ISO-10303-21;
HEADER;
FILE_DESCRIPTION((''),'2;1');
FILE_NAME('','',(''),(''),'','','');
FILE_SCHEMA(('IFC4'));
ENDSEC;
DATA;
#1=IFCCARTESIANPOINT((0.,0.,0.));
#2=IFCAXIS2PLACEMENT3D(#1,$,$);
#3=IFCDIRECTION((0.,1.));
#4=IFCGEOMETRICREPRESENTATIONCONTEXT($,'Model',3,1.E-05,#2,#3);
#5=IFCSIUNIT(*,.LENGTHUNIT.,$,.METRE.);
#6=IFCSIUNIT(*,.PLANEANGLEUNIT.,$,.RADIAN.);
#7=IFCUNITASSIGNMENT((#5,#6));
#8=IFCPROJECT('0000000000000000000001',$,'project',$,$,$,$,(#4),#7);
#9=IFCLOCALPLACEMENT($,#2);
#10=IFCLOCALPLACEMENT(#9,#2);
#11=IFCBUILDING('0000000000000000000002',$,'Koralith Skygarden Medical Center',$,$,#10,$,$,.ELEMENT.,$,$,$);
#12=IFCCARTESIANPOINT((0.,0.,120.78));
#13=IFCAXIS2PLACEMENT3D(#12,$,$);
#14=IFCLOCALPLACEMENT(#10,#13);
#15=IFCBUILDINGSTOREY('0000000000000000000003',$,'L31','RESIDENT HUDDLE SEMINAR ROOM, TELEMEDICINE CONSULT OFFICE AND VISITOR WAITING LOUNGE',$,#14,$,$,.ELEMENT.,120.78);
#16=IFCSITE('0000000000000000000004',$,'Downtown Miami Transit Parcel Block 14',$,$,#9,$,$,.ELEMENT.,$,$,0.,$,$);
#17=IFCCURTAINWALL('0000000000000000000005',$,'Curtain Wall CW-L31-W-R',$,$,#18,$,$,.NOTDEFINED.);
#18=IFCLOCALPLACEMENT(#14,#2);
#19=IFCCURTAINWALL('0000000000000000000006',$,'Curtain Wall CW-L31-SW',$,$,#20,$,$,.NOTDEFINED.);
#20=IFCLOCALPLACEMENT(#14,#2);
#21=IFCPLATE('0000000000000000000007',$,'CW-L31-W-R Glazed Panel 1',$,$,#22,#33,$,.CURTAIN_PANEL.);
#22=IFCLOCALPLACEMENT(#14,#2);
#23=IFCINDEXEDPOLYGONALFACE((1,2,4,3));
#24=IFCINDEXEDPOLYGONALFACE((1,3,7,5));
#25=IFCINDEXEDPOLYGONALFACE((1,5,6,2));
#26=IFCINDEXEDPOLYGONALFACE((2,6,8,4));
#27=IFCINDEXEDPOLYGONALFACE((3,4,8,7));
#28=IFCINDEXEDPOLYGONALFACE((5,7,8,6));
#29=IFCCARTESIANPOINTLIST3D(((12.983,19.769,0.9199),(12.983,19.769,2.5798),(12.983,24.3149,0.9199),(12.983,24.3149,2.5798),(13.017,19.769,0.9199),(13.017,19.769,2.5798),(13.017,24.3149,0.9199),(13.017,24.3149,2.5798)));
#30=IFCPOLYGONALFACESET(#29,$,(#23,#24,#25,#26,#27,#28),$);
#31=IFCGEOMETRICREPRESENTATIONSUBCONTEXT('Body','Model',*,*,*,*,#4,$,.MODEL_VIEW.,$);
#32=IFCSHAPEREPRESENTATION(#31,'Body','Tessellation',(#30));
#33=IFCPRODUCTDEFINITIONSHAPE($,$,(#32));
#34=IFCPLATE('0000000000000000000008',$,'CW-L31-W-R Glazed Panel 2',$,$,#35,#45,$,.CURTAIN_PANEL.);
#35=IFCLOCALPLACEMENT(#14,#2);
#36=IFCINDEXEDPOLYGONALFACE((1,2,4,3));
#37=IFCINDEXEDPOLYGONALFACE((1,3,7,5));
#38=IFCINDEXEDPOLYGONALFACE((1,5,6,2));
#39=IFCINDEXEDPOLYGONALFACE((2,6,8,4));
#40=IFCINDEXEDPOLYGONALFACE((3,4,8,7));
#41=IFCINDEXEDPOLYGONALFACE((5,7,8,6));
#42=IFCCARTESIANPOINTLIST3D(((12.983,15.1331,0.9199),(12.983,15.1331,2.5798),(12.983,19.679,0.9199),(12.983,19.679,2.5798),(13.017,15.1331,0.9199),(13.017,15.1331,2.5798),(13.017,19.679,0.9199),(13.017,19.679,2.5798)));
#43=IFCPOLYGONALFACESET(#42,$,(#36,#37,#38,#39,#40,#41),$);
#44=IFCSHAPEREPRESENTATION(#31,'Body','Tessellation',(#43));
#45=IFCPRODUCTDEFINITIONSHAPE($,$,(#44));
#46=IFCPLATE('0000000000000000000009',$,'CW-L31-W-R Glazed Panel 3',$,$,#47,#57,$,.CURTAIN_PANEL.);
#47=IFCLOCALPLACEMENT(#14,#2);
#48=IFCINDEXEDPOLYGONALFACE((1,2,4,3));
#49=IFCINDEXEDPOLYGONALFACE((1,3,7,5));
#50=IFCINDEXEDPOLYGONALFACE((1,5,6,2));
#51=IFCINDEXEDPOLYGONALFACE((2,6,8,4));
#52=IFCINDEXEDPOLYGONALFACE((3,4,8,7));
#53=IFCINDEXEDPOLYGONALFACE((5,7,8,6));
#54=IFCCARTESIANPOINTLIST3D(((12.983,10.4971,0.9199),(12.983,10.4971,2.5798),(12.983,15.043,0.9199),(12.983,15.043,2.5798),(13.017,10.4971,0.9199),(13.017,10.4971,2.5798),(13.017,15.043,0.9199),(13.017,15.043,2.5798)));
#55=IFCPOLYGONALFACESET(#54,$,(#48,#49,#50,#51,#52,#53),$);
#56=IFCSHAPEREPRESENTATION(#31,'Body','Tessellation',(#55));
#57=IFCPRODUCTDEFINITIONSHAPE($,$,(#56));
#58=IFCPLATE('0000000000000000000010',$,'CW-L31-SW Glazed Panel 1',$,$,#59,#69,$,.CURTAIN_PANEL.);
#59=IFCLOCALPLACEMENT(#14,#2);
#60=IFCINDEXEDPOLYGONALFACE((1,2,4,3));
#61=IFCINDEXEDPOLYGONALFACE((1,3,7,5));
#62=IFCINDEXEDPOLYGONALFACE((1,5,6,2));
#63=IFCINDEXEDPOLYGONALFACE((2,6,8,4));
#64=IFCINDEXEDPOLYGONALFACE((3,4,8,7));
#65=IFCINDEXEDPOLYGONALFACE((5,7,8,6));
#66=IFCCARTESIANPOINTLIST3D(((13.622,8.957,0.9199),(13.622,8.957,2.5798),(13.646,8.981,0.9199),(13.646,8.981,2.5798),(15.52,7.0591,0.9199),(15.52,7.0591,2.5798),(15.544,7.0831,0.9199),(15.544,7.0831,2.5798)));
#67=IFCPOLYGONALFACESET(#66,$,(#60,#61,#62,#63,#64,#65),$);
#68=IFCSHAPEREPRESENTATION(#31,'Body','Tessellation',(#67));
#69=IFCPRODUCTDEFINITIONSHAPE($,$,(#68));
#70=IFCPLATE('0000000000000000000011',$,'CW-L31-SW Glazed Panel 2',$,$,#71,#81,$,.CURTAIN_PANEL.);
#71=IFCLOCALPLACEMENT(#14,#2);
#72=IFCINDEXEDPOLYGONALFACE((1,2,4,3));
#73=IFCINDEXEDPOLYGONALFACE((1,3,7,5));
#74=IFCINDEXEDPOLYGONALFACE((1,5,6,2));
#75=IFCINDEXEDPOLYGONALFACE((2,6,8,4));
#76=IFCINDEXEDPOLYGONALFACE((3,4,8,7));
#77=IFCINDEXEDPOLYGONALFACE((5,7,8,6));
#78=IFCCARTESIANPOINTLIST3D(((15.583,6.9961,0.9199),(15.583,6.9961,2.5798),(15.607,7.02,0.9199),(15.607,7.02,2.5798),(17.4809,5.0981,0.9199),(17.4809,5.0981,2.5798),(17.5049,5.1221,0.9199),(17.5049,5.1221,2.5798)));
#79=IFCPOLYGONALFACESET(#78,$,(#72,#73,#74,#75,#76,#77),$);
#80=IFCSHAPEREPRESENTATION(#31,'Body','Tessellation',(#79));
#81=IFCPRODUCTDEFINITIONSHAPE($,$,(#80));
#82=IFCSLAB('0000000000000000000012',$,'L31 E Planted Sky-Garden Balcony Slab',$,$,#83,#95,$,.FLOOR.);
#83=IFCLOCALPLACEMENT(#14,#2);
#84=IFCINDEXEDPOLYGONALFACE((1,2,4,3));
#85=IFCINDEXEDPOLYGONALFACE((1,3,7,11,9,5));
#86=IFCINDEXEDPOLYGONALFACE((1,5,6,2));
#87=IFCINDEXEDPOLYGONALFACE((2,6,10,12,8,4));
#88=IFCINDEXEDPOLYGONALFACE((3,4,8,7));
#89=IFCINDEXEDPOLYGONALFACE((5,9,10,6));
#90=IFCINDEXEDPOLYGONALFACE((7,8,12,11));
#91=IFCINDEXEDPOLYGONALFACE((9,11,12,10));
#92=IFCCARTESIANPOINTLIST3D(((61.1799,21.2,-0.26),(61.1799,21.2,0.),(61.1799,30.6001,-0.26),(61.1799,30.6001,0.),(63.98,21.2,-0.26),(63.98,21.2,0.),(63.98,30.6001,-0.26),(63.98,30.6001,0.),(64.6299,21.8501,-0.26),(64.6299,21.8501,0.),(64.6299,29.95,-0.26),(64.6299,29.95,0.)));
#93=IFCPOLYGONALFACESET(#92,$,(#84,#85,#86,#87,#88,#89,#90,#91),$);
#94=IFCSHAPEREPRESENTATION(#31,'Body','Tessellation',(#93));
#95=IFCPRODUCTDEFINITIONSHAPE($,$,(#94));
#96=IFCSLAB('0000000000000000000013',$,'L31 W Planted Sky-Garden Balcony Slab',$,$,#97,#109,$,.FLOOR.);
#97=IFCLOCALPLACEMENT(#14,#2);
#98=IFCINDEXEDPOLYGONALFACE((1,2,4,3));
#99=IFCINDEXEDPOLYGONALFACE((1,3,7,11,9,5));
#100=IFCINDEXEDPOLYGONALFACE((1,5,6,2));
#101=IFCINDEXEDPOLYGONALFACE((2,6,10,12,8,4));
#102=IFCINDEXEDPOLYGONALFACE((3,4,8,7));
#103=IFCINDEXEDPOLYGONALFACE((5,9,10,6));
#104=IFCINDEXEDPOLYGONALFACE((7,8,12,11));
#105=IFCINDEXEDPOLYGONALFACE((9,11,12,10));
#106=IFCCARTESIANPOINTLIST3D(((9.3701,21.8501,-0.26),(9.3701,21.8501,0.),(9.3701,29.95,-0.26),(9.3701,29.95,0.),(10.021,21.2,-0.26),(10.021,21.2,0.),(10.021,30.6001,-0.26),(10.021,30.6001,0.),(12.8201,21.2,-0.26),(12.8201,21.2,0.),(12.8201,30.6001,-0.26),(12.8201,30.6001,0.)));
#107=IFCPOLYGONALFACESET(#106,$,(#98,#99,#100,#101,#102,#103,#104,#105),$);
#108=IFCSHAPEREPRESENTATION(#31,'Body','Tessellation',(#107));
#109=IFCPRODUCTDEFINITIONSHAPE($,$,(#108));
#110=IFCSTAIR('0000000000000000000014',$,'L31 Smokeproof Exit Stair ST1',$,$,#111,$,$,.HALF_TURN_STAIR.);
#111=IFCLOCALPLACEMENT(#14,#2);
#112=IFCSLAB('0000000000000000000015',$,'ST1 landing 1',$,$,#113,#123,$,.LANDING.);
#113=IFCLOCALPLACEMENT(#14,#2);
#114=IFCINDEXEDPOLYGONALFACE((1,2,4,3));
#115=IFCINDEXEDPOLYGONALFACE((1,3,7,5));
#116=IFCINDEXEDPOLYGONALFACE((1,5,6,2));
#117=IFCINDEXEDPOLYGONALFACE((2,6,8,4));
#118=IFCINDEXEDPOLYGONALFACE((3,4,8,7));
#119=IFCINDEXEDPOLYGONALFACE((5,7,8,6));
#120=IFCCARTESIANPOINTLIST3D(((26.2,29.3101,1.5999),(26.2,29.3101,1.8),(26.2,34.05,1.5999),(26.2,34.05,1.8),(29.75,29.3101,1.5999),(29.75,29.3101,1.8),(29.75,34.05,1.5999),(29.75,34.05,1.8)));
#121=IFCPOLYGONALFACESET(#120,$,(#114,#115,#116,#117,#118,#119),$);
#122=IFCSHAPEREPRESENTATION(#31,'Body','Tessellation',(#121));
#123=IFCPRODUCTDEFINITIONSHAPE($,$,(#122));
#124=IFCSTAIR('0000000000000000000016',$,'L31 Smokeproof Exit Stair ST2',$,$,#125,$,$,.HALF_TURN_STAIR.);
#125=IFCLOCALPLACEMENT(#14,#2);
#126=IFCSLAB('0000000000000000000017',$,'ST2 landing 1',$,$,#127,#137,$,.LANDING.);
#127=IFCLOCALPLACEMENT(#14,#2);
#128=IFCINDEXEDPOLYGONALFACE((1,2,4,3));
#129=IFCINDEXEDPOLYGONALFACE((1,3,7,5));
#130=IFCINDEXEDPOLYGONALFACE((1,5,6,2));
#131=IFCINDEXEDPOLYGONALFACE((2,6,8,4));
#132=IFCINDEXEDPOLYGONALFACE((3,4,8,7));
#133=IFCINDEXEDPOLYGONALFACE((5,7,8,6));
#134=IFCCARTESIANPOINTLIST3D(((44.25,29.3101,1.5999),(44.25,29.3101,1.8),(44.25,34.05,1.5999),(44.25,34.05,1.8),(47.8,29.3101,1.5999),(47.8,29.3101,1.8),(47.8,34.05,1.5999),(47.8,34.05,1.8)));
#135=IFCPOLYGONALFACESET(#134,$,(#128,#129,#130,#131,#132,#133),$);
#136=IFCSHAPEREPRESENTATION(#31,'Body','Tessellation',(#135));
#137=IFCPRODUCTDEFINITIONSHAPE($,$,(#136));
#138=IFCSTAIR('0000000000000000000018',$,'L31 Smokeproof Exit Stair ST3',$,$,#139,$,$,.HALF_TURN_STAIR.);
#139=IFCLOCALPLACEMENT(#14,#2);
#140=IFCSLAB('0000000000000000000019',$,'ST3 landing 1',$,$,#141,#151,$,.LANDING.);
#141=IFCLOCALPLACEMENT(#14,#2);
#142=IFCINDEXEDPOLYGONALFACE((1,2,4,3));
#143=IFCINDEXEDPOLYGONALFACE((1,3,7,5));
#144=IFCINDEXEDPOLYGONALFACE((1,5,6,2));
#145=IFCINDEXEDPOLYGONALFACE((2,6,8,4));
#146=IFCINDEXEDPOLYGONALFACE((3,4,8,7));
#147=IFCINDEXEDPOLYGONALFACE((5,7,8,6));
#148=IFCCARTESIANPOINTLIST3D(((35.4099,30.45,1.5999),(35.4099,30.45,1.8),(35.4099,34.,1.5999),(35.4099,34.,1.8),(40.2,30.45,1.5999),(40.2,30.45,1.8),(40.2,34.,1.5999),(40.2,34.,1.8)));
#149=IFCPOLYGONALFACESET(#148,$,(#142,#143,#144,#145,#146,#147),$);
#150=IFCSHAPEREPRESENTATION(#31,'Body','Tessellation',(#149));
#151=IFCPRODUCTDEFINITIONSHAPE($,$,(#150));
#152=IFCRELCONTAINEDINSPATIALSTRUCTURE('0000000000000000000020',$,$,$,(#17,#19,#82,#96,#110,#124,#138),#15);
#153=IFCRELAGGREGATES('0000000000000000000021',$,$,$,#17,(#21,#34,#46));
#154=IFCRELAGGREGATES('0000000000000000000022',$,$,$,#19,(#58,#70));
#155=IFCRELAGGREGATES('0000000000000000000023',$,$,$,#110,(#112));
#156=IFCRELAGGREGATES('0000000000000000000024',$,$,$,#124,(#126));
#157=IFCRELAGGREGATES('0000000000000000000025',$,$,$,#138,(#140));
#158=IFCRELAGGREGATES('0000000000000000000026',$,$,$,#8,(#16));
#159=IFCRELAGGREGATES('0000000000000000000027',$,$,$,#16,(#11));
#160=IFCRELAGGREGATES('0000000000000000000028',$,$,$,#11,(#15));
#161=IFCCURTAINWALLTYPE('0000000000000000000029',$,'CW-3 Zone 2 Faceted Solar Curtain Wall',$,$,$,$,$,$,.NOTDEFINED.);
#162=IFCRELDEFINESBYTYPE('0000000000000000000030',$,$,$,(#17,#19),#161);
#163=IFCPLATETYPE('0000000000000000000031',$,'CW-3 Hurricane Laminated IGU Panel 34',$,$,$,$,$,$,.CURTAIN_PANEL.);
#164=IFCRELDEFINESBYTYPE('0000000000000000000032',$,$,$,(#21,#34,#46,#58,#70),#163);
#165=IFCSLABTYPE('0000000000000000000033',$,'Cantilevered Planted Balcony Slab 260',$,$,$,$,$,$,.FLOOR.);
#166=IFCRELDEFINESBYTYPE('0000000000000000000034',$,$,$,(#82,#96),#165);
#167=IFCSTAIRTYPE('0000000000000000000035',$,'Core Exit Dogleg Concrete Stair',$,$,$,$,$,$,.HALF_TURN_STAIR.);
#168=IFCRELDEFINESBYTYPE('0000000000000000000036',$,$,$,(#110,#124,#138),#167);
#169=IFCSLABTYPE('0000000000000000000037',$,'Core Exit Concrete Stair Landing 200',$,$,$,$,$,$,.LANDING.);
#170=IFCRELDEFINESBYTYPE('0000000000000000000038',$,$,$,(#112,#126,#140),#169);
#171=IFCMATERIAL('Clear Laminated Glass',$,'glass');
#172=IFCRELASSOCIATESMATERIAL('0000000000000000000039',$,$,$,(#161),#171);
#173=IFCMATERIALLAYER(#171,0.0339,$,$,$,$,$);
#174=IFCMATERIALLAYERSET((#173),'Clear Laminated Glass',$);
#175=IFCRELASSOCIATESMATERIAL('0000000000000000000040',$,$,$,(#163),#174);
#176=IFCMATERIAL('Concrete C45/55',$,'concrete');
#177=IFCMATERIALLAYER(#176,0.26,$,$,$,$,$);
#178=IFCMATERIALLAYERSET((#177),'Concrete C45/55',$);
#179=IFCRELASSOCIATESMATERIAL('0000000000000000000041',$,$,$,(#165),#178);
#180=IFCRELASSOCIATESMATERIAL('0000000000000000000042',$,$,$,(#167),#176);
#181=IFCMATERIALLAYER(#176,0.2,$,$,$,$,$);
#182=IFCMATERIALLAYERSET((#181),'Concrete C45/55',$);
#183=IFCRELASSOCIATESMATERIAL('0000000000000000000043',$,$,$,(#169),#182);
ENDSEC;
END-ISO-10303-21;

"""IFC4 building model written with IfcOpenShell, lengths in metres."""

from ifc_helpers import new_model, si_unit, direction, frame, origin, origin_2d, place, context, subcontext, project, spatial, polyline, rectangle, outline, extrude, material, layer, layer_set, type_object, element, aggregate, save


model = new_model("IFC4")

# Units and contexts
model_context = context("Model", 3, precision=1e-05, world=origin(), true_north=direction((0.0, 1.0)))
body_context = subcontext(model_context, "Body", "Model", "MODEL_VIEW")
ifc_project = project(units=[si_unit("LENGTHUNIT", "METRE"), si_unit("PLANEANGLEUNIT", "RADIAN")], contexts=[model_context])

# Site, building, storey
site_placement = place(None, origin())
site = spatial("IfcSite", under=ifc_project, at=site_placement, Name="Downtown Miami Transit Parcel Block 14", CompositionType="ELEMENT", RefElevation=0.0)
building_placement = place(site_placement, origin())
building = spatial("IfcBuilding", under=site, at=building_placement, Name="Koralith Skygarden Medical Center", CompositionType="ELEMENT")
storey_placement = place(building_placement, frame((0.0, 0.0, 120.78)))
storey = spatial("IfcBuildingStorey", under=building, at=storey_placement, Name="L31", Description="RESIDENT HUDDLE SEMINAR ROOM, TELEMEDICINE CONSULT OFFICE AND VISITOR WAITING LOUNGE", CompositionType="ELEMENT", Elevation=120.78)

# Curtain walls
ifc_material_1 = material(Name="Clear Laminated Glass", Category="glass")
curtain_wall_type = type_object("IfcCurtainWallType", Name="CW-3 Zone 2 Faceted Solar Curtain Wall", PredefinedType="NOTDEFINED", material=ifc_material_1)
curtain_wall_1_placement = place(storey_placement, origin())
curtain_wall_1 = element("IfcCurtainWall", 1, at=curtain_wall_1_placement, inside=storey, type_object=curtain_wall_type, Name="Curtain Wall CW-L31-W-R", PredefinedType="NOTDEFINED")
curtain_wall_2_placement = place(storey_placement, origin())
curtain_wall_2 = element("IfcCurtainWall", 2, at=curtain_wall_2_placement, inside=storey, type_object=curtain_wall_type, Name="Curtain Wall CW-L31-SW", PredefinedType="NOTDEFINED")

# Shared definitions
ifc_material_2 = material(Name="Concrete C45/55", Category="concrete")

# Plates
ifc_layer_1 = layer(ifc_material_1, 0.0339)
ifc_layer_set_1 = layer_set([ifc_layer_1], Name="Clear Laminated Glass")
plate_type_1 = type_object("IfcPlateType", Name="CW-3 Hurricane Laminated IGU Panel 34", PredefinedType="CURTAIN_PANEL", material=ifc_layer_set_1)
plate_1_placement = place(storey_placement, frame((13.0, 22.042, 0.9199), z_axis=(0.0, 0.0, 1.0), x_axis=(0.0, -1.0, 0.0)))
plate_1 = element("IfcPlate", 3, at=plate_1_placement, type_object=plate_type_1, Name="CW-L31-W-R Glazed Panel 1", PredefinedType="CURTAIN_PANEL", context=body_context, shape_type="SweptSolid", body=[
    extrude(rectangle(XDim=4.5459, YDim=0.0339, at=origin_2d()), origin(), (0.0, 0.0, 1.0), 1.6599),
])
plate_2_placement = place(storey_placement, frame((13.0, 17.406, 0.9199), z_axis=(0.0, 0.0, 1.0), x_axis=(0.0, -1.0, 0.0)))
plate_2 = element("IfcPlate", 4, at=plate_2_placement, type_object=plate_type_1, Name="CW-L31-W-R Glazed Panel 2", PredefinedType="CURTAIN_PANEL", context=body_context, shape_type="SweptSolid", body=[
    extrude(rectangle(XDim=4.5459, YDim=0.0339, at=origin_2d()), origin(), (0.0, 0.0, 1.0), 1.6599),
])
plate_3_placement = place(storey_placement, frame((13.0, 12.77, 0.9199), z_axis=(0.0, 0.0, 1.0), x_axis=(0.0, -1.0, 0.0)))
plate_3 = element("IfcPlate", 5, at=plate_3_placement, type_object=plate_type_1, Name="CW-L31-W-R Glazed Panel 3", PredefinedType="CURTAIN_PANEL", context=body_context, shape_type="SweptSolid", body=[
    extrude(rectangle(XDim=4.5459, YDim=0.0339, at=origin_2d()), origin(), (0.0, 0.0, 1.0), 1.6599),
])
aggregate(curtain_wall_1, [plate_1, plate_2, plate_3])
plate_4_placement = place(storey_placement, frame((14.583, 8.02, 0.9199), z_axis=(0.0, 0.0, 1.0), x_axis=(0.707107, -0.707107, 0.0)))
plate_4 = element("IfcPlate", 6, at=plate_4_placement, type_object=plate_type_1, Name="CW-L31-SW Glazed Panel 1", PredefinedType="CURTAIN_PANEL", context=body_context, shape_type="SweptSolid", body=[
    extrude(rectangle(XDim=2.6841, YDim=0.0339, at=origin_2d()), origin(), (0.0, 0.0, 1.0), 1.6599),
])
plate_5_placement = place(storey_placement, frame((16.5439, 6.0591, 0.9199), z_axis=(0.0, 0.0, 1.0), x_axis=(0.707107, -0.707107, 0.0)))
plate_5 = element("IfcPlate", 7, at=plate_5_placement, type_object=plate_type_1, Name="CW-L31-SW Glazed Panel 2", PredefinedType="CURTAIN_PANEL", context=body_context, shape_type="SweptSolid", body=[
    extrude(rectangle(XDim=2.6841, YDim=0.0339, at=origin_2d()), origin(), (0.0, 0.0, 1.0), 1.6599),
])
aggregate(curtain_wall_2, [plate_4, plate_5])

# Slabs
ifc_layer_2 = layer(ifc_material_2, 0.26)
ifc_layer_set_2 = layer_set([ifc_layer_2], Name="Concrete C45/55")
slab_type_1 = type_object("IfcSlabType", Name="Cantilevered Planted Balcony Slab 260", PredefinedType="FLOOR", material=ifc_layer_set_2)
slab_1_placement = place(storey_placement, frame((0.0, 0.0, -0.26)))
element("IfcSlab", 8, at=slab_1_placement, inside=storey, type_object=slab_type_1, Name="L31 E Planted Sky-Garden Balcony Slab", PredefinedType="FLOOR", context=body_context, shape_type="SweptSolid", body=[
    extrude(outline(polyline([(61.1799, 21.2), (63.98, 21.2), (64.6299, 21.8501), (64.6299, 29.95), (63.98, 30.6001), (61.1799, 30.6001), (61.1799, 21.2)])), origin(), (0.0, 0.0, 1.0), 0.26),
])
slab_2_placement = place(storey_placement, frame((0.0, 0.0, -0.26)))
element("IfcSlab", 9, at=slab_2_placement, inside=storey, type_object=slab_type_1, Name="L31 W Planted Sky-Garden Balcony Slab", PredefinedType="FLOOR", context=body_context, shape_type="SweptSolid", body=[
    extrude(outline(polyline([(10.021, 21.2), (12.8201, 21.2), (12.8201, 30.6001), (10.021, 30.6001), (9.3701, 29.95), (9.3701, 21.8501), (10.021, 21.2)])), origin(), (0.0, 0.0, 1.0), 0.26),
])

# Stairs, slabs
stair_type = type_object("IfcStairType", Name="Core Exit Dogleg Concrete Stair", PredefinedType="HALF_TURN_STAIR", material=ifc_material_2)
stair_1_placement = place(storey_placement, origin())
stair_1 = element("IfcStair", 10, at=stair_1_placement, inside=storey, type_object=stair_type, Name="L31 Smokeproof Exit Stair ST1", PredefinedType="HALF_TURN_STAIR")
ifc_layer_3 = layer(ifc_material_2, 0.2)
ifc_layer_set_3 = layer_set([ifc_layer_3], Name="Concrete C45/55")
slab_type_2 = type_object("IfcSlabType", Name="Core Exit Concrete Stair Landing 200", PredefinedType="LANDING", material=ifc_layer_set_3)
slab_3_placement = place(storey_placement, frame((0.0, 0.0, 1.5999)))
slab_3 = element("IfcSlab", 11, at=slab_3_placement, type_object=slab_type_2, Name="ST1 landing 1", PredefinedType="LANDING", context=body_context, shape_type="SweptSolid", body=[
    extrude(outline(polyline([(29.75, 29.3101), (29.75, 34.05), (26.2, 34.05), (26.2, 29.3101), (29.75, 29.3101)])), origin(), (0.0, 0.0, 1.0), 0.2002),
])
aggregate(stair_1, [slab_3])
stair_2_placement = place(storey_placement, origin())
stair_2 = element("IfcStair", 12, at=stair_2_placement, inside=storey, type_object=stair_type, Name="L31 Smokeproof Exit Stair ST2", PredefinedType="HALF_TURN_STAIR")
slab_4_placement = place(storey_placement, frame((0.0, 0.0, 1.5999)))
slab_4 = element("IfcSlab", 13, at=slab_4_placement, type_object=slab_type_2, Name="ST2 landing 1", PredefinedType="LANDING", context=body_context, shape_type="SweptSolid", body=[
    extrude(outline(polyline([(47.8, 29.3101), (47.8, 34.05), (44.25, 34.05), (44.25, 29.3101), (47.8, 29.3101)])), origin(), (0.0, 0.0, 1.0), 0.2002),
])
aggregate(stair_2, [slab_4])
stair_3_placement = place(storey_placement, origin())
stair_3 = element("IfcStair", 14, at=stair_3_placement, inside=storey, type_object=stair_type, Name="L31 Smokeproof Exit Stair ST3", PredefinedType="HALF_TURN_STAIR")
slab_5_placement = place(storey_placement, frame((0.0, 0.0, 1.5999)))
slab_5 = element("IfcSlab", 15, at=slab_5_placement, type_object=slab_type_2, Name="ST3 landing 1", PredefinedType="LANDING", context=body_context, shape_type="SweptSolid", body=[
    extrude(outline(polyline([(35.4099, 30.45), (40.2, 30.45), (40.2, 34.0), (35.4099, 34.0), (35.4099, 30.45)])), origin(), (0.0, 0.0, 1.0), 0.2002),
])
aggregate(stair_3, [slab_5])

save(model, "model.ifc")
